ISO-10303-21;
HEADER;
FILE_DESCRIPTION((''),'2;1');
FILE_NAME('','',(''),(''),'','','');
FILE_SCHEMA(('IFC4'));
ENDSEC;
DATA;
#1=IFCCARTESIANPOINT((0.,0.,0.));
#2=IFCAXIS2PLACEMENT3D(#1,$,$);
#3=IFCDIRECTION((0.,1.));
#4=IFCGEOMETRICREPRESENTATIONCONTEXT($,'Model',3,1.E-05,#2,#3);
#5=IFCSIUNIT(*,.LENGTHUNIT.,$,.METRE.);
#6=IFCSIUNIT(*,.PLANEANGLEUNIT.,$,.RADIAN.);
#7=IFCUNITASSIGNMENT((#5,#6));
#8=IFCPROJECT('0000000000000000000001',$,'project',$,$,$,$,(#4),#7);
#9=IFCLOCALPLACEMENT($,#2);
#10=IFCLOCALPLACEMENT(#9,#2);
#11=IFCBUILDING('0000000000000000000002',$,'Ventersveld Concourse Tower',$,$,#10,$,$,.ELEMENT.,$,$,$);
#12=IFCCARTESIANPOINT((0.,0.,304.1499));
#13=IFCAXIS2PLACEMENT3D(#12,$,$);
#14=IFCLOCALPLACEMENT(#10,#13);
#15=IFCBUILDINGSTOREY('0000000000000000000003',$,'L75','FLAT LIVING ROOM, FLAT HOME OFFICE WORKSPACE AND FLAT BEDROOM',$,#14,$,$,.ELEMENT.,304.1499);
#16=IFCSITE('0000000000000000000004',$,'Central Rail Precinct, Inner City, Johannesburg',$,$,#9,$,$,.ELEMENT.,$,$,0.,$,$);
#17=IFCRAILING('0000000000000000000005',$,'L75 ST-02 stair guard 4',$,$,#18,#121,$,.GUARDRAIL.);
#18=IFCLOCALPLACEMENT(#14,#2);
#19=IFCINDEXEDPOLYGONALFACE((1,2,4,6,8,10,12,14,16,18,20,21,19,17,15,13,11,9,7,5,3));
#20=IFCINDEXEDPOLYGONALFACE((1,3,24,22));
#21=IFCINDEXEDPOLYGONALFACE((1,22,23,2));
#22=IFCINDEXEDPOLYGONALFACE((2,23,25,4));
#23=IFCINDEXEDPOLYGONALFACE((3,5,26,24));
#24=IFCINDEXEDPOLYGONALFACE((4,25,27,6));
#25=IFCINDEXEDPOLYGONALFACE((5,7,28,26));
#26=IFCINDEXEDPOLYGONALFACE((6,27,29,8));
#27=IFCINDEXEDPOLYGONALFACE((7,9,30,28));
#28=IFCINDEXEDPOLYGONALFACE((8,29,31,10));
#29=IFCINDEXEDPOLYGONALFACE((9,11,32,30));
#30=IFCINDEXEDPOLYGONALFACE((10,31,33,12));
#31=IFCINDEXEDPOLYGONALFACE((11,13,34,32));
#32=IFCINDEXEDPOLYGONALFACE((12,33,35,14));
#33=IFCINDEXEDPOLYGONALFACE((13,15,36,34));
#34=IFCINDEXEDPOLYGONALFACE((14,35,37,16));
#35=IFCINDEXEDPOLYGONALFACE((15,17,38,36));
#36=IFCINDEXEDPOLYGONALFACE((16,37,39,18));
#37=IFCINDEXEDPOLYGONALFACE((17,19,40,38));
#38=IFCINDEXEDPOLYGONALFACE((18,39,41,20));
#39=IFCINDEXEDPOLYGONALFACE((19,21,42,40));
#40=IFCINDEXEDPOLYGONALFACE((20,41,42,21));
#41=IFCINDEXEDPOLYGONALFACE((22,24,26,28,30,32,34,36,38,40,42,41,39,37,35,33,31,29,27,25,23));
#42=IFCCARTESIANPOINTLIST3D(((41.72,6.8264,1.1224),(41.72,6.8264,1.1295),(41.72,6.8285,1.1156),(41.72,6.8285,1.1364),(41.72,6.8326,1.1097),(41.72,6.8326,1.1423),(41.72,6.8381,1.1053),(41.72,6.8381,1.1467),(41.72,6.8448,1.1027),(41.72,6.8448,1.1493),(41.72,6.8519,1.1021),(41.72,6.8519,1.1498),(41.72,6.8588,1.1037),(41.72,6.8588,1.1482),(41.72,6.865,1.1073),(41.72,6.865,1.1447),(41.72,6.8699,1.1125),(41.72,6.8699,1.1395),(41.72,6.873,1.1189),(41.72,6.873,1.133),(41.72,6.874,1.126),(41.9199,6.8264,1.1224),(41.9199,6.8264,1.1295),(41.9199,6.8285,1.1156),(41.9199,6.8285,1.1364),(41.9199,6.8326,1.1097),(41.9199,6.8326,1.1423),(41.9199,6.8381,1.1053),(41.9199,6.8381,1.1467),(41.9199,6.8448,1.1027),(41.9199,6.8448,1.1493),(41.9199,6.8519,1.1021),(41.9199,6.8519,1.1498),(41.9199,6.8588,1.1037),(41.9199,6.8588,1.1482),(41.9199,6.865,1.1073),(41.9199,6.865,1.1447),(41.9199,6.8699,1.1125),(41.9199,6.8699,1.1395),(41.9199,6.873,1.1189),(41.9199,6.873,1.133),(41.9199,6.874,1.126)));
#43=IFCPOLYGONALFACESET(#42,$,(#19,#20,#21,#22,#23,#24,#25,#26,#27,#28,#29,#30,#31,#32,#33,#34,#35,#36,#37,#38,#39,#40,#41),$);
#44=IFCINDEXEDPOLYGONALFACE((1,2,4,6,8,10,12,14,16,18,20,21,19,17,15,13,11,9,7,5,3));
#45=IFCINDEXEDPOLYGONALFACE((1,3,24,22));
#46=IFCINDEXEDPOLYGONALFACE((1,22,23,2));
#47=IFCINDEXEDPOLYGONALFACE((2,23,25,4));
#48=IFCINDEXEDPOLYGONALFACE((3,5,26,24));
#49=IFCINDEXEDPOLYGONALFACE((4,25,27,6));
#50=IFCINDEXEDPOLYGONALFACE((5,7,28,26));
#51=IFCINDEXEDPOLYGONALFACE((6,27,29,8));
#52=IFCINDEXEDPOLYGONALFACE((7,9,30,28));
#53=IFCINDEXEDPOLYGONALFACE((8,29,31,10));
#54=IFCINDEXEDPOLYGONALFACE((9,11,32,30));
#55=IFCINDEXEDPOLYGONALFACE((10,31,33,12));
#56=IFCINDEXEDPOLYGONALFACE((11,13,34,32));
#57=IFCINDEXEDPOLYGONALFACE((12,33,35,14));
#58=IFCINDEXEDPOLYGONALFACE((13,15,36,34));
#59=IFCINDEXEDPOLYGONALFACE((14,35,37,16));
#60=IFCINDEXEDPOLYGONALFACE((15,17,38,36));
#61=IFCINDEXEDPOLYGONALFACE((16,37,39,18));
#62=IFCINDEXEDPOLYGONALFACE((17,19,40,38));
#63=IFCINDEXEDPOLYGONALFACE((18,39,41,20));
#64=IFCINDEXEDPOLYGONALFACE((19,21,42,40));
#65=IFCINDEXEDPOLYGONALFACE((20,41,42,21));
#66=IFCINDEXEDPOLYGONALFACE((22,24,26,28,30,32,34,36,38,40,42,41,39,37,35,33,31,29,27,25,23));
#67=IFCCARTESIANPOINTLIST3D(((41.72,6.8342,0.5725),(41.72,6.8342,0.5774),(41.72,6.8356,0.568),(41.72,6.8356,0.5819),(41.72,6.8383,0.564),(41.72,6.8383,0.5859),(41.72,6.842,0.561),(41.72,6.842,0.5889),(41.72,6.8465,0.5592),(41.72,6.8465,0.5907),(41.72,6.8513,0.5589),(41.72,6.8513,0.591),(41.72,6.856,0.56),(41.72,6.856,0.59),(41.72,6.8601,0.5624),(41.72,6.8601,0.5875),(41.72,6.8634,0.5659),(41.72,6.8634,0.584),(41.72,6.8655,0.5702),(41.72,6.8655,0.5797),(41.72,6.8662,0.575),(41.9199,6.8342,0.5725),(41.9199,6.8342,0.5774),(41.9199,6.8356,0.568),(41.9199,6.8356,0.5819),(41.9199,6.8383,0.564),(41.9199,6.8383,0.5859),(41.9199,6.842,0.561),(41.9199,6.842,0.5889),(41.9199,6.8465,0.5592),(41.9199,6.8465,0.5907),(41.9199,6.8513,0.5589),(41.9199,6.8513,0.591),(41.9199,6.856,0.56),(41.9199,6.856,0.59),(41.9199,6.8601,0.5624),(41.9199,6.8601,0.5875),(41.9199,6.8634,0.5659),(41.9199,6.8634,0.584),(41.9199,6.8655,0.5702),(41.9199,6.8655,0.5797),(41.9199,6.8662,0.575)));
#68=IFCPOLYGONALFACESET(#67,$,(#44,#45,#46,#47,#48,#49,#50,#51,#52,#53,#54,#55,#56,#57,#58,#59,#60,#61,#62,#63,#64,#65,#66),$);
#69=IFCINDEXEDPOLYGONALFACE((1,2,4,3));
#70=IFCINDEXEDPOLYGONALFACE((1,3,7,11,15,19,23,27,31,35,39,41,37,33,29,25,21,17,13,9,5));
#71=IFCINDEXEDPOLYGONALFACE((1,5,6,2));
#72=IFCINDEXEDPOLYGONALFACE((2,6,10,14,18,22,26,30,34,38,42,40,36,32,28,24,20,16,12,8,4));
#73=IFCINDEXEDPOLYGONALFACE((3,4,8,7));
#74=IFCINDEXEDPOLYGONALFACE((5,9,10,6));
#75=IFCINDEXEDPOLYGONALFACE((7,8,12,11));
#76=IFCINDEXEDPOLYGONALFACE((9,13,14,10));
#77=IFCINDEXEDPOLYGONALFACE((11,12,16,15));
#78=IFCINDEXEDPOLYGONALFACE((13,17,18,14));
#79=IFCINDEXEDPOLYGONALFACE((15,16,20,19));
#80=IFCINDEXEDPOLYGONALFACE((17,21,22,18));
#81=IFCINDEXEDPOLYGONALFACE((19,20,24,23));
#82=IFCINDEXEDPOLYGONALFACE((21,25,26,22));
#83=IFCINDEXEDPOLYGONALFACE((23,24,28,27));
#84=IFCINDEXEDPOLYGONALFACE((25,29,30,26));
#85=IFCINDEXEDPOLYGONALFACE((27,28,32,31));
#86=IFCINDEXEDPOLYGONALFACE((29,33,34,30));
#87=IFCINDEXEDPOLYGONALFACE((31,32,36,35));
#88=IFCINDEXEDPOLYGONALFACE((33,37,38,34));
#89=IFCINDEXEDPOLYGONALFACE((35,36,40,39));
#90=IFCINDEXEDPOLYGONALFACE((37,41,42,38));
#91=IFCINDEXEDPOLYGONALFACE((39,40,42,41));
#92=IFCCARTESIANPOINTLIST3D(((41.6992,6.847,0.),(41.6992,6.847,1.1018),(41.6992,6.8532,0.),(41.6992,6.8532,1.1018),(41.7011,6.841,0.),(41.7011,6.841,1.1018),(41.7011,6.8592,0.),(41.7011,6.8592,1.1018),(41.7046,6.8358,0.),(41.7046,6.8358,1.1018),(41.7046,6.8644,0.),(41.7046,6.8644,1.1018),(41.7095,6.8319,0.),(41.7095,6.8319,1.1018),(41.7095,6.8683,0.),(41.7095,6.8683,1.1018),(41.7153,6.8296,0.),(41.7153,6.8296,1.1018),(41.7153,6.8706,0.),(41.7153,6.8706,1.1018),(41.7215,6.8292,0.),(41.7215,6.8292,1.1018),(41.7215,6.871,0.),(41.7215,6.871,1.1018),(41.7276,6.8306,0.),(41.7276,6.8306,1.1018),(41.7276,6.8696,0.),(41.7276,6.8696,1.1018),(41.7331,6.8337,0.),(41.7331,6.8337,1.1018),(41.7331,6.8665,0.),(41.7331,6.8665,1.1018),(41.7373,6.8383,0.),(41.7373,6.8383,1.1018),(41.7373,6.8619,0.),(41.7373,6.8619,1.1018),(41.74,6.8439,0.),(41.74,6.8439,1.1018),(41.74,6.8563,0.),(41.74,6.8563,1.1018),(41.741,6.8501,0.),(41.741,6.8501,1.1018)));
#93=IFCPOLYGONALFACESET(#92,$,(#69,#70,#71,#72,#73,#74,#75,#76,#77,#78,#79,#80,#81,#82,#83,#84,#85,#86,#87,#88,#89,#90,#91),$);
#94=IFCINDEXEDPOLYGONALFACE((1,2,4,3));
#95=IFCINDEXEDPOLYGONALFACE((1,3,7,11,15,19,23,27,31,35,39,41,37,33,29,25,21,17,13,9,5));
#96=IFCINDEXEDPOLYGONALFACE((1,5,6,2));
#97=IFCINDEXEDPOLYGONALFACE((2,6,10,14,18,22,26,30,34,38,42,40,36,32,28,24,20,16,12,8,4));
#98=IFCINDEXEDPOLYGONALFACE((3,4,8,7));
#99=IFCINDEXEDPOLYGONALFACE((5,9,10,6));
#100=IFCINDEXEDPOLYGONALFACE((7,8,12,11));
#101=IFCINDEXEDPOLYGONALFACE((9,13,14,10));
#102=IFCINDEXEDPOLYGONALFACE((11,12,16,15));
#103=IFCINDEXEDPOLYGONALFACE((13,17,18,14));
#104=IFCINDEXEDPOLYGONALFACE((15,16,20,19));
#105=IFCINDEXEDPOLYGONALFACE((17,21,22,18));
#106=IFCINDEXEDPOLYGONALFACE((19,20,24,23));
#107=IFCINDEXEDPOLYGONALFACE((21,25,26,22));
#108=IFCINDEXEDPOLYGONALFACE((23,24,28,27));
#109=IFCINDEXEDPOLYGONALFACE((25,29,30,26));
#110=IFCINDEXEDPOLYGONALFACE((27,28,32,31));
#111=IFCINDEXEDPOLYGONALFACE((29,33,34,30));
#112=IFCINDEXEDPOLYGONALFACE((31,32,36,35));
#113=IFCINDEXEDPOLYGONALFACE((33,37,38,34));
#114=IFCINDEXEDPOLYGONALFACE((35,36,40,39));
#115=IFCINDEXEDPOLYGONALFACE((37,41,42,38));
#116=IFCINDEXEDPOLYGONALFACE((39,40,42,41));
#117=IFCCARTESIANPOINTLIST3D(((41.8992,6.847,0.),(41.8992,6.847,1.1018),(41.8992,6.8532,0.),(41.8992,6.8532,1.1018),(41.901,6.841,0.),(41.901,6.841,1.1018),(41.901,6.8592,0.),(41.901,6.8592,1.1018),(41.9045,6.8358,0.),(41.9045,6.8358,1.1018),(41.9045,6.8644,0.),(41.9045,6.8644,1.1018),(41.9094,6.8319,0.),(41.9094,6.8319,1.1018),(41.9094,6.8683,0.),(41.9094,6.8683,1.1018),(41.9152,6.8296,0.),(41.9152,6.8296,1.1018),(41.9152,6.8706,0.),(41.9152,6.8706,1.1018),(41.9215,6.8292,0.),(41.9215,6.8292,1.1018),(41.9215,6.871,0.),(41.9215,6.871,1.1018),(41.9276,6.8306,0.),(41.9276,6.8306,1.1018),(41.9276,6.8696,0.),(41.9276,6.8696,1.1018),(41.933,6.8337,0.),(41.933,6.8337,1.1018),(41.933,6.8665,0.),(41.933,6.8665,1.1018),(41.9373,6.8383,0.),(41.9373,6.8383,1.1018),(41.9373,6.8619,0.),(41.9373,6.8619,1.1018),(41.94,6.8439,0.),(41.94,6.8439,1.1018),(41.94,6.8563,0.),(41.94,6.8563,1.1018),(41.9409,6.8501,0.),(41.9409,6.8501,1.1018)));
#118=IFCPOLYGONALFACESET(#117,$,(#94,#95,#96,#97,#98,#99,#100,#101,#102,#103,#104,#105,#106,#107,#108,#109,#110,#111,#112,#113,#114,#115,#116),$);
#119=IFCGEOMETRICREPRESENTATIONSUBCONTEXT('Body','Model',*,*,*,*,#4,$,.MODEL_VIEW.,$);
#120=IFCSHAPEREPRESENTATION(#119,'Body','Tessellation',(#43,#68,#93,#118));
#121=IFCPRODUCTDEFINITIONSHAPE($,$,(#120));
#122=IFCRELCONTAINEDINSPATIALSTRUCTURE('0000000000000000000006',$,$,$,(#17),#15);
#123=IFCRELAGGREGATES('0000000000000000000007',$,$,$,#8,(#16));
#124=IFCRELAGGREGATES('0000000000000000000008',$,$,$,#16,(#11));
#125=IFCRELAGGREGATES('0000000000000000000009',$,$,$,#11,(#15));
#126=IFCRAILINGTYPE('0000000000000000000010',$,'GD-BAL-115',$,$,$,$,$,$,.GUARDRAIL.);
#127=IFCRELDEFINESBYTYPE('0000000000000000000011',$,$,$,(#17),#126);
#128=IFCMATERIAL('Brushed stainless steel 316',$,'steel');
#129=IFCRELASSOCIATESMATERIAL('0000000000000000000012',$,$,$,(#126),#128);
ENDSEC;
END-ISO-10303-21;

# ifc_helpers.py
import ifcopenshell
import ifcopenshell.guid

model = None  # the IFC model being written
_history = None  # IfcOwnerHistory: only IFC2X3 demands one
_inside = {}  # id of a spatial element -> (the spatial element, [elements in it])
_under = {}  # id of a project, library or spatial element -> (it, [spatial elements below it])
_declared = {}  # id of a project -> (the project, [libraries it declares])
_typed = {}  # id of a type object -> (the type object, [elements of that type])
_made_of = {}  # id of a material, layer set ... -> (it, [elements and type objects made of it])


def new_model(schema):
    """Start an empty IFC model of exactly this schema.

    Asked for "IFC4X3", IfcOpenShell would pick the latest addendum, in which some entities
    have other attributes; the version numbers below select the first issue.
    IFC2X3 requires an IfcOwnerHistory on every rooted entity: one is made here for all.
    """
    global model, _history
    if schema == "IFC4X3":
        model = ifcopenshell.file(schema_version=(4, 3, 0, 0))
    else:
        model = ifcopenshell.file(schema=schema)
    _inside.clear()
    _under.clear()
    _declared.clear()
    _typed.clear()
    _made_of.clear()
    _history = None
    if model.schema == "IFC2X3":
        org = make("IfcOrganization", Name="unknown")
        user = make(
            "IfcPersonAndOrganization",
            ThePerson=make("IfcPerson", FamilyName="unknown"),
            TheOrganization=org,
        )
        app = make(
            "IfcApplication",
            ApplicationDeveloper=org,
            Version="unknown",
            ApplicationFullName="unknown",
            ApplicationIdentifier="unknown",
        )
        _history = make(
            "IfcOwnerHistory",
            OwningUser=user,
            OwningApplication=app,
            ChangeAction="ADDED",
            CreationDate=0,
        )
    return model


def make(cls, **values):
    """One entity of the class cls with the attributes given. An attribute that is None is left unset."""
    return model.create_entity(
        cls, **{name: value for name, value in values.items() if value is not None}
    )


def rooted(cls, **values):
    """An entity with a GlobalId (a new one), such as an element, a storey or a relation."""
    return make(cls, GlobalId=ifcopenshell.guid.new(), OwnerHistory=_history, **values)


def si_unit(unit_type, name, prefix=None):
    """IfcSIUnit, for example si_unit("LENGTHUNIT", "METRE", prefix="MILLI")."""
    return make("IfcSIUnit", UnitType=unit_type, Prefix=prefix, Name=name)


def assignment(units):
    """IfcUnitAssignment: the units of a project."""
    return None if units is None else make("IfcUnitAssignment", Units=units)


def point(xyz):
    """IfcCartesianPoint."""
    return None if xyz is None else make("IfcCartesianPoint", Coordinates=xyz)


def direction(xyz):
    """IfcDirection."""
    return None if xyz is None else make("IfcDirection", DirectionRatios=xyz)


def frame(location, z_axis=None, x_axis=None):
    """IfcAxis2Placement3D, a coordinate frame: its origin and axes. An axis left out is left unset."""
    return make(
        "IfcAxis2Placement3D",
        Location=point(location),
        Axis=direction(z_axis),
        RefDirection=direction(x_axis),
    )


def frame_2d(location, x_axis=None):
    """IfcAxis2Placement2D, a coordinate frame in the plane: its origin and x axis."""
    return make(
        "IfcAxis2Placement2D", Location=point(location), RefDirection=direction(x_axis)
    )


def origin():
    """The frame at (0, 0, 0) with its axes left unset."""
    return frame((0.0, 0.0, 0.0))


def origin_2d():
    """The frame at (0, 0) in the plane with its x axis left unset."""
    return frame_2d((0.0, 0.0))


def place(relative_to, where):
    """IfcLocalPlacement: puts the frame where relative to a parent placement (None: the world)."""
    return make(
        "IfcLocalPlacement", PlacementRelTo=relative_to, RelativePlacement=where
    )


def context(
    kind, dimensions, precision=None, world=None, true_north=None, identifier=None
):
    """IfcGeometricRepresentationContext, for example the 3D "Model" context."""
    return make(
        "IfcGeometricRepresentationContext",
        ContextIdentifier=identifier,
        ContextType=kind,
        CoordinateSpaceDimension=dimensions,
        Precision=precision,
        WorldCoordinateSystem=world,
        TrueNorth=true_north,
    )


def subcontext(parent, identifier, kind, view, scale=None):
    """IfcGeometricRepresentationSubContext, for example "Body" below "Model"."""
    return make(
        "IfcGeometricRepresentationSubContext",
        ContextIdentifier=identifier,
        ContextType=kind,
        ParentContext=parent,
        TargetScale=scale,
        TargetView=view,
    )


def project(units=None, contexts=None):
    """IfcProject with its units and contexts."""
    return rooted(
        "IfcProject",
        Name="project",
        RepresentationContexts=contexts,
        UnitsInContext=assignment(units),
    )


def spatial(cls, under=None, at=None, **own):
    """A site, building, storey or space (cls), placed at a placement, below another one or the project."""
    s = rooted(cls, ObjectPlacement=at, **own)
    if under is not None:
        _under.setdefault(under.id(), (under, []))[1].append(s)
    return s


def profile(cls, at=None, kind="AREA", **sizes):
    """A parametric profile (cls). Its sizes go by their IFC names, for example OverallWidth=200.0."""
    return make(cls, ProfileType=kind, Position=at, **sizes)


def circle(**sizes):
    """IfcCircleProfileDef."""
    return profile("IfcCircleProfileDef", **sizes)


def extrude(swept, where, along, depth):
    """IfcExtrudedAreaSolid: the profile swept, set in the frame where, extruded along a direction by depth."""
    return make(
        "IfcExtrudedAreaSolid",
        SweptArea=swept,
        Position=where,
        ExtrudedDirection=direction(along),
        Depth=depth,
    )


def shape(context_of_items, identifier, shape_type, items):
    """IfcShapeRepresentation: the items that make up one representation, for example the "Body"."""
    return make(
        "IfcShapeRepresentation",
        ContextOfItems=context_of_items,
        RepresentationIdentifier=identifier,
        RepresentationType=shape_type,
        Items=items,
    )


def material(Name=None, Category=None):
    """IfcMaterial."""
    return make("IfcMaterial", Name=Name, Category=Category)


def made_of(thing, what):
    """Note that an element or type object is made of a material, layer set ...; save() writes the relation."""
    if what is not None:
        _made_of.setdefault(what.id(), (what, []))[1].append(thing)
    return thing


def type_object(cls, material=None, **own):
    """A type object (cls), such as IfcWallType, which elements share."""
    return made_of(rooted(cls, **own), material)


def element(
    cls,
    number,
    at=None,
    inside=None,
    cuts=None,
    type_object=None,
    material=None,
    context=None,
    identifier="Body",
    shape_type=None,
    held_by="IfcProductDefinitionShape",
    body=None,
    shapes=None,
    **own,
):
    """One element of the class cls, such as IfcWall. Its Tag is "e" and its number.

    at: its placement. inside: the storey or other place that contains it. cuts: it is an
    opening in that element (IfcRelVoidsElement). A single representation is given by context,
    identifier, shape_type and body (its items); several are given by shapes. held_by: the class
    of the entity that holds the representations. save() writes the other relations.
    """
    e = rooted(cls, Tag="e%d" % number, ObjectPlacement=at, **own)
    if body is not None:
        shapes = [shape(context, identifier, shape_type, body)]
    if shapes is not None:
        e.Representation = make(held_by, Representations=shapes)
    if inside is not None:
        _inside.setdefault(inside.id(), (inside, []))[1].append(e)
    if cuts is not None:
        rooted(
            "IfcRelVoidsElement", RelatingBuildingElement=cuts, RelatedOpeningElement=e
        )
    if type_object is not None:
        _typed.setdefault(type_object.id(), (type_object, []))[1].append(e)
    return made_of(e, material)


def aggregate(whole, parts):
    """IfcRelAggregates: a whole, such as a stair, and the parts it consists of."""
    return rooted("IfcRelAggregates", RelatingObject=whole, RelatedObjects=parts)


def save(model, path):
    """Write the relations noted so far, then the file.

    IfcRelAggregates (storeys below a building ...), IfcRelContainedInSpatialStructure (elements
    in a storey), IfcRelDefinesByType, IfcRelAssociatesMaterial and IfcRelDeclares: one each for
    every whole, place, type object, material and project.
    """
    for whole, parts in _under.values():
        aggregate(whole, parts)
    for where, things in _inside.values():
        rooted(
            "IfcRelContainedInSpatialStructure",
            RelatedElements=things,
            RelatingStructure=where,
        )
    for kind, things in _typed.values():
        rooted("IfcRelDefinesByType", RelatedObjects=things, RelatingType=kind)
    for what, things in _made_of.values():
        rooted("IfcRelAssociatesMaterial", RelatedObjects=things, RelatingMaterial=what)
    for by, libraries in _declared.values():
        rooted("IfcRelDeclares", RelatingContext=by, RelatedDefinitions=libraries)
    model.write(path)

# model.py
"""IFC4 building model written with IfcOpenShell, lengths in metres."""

from ifc_helpers import new_model, si_unit, direction, frame, origin, origin_2d, place, context, subcontext, project, spatial, circle, extrude, material, type_object, element, save


model = new_model("IFC4")

# Units and contexts
model_context = context("Model", 3, precision=1e-05, world=origin(), true_north=direction((0.0, 1.0)))
body_context = subcontext(model_context, "Body", "Model", "MODEL_VIEW")
ifc_project = project(units=[si_unit("LENGTHUNIT", "METRE"), si_unit("PLANEANGLEUNIT", "RADIAN")], contexts=[model_context])

# Site, building, storey
site_placement = place(None, origin())
site = spatial("IfcSite", under=ifc_project, at=site_placement, Name="Central Rail Precinct, Inner City, Johannesburg", CompositionType="ELEMENT", RefElevation=0.0)
building_placement = place(site_placement, origin())
building = spatial("IfcBuilding", under=site, at=building_placement, Name="Ventersveld Concourse Tower", CompositionType="ELEMENT")
storey_placement = place(building_placement, frame((0.0, 0.0, 304.1499)))
storey = spatial("IfcBuildingStorey", under=building, at=storey_placement, Name="L75", Description="FLAT LIVING ROOM, FLAT HOME OFFICE WORKSPACE AND FLAT BEDROOM", CompositionType="ELEMENT", Elevation=304.1499)

# Shared definitions
ifc_material_1 = material(Name="Brushed stainless steel 316", Category="steel")

# Railing
railing_type_1 = type_object("IfcRailingType", Name="GD-BAL-115", PredefinedType="GUARDRAIL", material=ifc_material_1)
railing_1_placement = place(storey_placement, frame((41.72, 6.8501, 0.0)))
element("IfcRailing", 1, at=railing_1_placement, inside=storey, type_object=railing_type_1, Name="L75 ST-02 stair guard 4", PredefinedType="GUARDRAIL", context=body_context, shape_type="SweptSolid", body=[
    extrude(circle(Radius=0.0239, at=origin_2d()), frame((0.0, 0.0, 1.126), z_axis=(1.0, 0.0, 0.0), x_axis=(0.0, 1.0, 0.0)), (0.0, 0.0, 1.0), 0.2),
    extrude(circle(Radius=0.0161, at=origin_2d()), frame((0.0, 0.0, 0.575), z_axis=(1.0, 0.0, 0.0), x_axis=(0.0, 1.0, 0.0)), (0.0, 0.0, 1.0), 0.2),
    extrude(circle(Radius=0.021, at=origin_2d()), origin(), (0.0, 0.0, 1.0), 1.1018),
    extrude(circle(Radius=0.021, at=origin_2d()), frame((0.2, 0.0, 0.0)), (0.0, 0.0, 1.0), 1.1018),
])

save(model, "model.ifc")
